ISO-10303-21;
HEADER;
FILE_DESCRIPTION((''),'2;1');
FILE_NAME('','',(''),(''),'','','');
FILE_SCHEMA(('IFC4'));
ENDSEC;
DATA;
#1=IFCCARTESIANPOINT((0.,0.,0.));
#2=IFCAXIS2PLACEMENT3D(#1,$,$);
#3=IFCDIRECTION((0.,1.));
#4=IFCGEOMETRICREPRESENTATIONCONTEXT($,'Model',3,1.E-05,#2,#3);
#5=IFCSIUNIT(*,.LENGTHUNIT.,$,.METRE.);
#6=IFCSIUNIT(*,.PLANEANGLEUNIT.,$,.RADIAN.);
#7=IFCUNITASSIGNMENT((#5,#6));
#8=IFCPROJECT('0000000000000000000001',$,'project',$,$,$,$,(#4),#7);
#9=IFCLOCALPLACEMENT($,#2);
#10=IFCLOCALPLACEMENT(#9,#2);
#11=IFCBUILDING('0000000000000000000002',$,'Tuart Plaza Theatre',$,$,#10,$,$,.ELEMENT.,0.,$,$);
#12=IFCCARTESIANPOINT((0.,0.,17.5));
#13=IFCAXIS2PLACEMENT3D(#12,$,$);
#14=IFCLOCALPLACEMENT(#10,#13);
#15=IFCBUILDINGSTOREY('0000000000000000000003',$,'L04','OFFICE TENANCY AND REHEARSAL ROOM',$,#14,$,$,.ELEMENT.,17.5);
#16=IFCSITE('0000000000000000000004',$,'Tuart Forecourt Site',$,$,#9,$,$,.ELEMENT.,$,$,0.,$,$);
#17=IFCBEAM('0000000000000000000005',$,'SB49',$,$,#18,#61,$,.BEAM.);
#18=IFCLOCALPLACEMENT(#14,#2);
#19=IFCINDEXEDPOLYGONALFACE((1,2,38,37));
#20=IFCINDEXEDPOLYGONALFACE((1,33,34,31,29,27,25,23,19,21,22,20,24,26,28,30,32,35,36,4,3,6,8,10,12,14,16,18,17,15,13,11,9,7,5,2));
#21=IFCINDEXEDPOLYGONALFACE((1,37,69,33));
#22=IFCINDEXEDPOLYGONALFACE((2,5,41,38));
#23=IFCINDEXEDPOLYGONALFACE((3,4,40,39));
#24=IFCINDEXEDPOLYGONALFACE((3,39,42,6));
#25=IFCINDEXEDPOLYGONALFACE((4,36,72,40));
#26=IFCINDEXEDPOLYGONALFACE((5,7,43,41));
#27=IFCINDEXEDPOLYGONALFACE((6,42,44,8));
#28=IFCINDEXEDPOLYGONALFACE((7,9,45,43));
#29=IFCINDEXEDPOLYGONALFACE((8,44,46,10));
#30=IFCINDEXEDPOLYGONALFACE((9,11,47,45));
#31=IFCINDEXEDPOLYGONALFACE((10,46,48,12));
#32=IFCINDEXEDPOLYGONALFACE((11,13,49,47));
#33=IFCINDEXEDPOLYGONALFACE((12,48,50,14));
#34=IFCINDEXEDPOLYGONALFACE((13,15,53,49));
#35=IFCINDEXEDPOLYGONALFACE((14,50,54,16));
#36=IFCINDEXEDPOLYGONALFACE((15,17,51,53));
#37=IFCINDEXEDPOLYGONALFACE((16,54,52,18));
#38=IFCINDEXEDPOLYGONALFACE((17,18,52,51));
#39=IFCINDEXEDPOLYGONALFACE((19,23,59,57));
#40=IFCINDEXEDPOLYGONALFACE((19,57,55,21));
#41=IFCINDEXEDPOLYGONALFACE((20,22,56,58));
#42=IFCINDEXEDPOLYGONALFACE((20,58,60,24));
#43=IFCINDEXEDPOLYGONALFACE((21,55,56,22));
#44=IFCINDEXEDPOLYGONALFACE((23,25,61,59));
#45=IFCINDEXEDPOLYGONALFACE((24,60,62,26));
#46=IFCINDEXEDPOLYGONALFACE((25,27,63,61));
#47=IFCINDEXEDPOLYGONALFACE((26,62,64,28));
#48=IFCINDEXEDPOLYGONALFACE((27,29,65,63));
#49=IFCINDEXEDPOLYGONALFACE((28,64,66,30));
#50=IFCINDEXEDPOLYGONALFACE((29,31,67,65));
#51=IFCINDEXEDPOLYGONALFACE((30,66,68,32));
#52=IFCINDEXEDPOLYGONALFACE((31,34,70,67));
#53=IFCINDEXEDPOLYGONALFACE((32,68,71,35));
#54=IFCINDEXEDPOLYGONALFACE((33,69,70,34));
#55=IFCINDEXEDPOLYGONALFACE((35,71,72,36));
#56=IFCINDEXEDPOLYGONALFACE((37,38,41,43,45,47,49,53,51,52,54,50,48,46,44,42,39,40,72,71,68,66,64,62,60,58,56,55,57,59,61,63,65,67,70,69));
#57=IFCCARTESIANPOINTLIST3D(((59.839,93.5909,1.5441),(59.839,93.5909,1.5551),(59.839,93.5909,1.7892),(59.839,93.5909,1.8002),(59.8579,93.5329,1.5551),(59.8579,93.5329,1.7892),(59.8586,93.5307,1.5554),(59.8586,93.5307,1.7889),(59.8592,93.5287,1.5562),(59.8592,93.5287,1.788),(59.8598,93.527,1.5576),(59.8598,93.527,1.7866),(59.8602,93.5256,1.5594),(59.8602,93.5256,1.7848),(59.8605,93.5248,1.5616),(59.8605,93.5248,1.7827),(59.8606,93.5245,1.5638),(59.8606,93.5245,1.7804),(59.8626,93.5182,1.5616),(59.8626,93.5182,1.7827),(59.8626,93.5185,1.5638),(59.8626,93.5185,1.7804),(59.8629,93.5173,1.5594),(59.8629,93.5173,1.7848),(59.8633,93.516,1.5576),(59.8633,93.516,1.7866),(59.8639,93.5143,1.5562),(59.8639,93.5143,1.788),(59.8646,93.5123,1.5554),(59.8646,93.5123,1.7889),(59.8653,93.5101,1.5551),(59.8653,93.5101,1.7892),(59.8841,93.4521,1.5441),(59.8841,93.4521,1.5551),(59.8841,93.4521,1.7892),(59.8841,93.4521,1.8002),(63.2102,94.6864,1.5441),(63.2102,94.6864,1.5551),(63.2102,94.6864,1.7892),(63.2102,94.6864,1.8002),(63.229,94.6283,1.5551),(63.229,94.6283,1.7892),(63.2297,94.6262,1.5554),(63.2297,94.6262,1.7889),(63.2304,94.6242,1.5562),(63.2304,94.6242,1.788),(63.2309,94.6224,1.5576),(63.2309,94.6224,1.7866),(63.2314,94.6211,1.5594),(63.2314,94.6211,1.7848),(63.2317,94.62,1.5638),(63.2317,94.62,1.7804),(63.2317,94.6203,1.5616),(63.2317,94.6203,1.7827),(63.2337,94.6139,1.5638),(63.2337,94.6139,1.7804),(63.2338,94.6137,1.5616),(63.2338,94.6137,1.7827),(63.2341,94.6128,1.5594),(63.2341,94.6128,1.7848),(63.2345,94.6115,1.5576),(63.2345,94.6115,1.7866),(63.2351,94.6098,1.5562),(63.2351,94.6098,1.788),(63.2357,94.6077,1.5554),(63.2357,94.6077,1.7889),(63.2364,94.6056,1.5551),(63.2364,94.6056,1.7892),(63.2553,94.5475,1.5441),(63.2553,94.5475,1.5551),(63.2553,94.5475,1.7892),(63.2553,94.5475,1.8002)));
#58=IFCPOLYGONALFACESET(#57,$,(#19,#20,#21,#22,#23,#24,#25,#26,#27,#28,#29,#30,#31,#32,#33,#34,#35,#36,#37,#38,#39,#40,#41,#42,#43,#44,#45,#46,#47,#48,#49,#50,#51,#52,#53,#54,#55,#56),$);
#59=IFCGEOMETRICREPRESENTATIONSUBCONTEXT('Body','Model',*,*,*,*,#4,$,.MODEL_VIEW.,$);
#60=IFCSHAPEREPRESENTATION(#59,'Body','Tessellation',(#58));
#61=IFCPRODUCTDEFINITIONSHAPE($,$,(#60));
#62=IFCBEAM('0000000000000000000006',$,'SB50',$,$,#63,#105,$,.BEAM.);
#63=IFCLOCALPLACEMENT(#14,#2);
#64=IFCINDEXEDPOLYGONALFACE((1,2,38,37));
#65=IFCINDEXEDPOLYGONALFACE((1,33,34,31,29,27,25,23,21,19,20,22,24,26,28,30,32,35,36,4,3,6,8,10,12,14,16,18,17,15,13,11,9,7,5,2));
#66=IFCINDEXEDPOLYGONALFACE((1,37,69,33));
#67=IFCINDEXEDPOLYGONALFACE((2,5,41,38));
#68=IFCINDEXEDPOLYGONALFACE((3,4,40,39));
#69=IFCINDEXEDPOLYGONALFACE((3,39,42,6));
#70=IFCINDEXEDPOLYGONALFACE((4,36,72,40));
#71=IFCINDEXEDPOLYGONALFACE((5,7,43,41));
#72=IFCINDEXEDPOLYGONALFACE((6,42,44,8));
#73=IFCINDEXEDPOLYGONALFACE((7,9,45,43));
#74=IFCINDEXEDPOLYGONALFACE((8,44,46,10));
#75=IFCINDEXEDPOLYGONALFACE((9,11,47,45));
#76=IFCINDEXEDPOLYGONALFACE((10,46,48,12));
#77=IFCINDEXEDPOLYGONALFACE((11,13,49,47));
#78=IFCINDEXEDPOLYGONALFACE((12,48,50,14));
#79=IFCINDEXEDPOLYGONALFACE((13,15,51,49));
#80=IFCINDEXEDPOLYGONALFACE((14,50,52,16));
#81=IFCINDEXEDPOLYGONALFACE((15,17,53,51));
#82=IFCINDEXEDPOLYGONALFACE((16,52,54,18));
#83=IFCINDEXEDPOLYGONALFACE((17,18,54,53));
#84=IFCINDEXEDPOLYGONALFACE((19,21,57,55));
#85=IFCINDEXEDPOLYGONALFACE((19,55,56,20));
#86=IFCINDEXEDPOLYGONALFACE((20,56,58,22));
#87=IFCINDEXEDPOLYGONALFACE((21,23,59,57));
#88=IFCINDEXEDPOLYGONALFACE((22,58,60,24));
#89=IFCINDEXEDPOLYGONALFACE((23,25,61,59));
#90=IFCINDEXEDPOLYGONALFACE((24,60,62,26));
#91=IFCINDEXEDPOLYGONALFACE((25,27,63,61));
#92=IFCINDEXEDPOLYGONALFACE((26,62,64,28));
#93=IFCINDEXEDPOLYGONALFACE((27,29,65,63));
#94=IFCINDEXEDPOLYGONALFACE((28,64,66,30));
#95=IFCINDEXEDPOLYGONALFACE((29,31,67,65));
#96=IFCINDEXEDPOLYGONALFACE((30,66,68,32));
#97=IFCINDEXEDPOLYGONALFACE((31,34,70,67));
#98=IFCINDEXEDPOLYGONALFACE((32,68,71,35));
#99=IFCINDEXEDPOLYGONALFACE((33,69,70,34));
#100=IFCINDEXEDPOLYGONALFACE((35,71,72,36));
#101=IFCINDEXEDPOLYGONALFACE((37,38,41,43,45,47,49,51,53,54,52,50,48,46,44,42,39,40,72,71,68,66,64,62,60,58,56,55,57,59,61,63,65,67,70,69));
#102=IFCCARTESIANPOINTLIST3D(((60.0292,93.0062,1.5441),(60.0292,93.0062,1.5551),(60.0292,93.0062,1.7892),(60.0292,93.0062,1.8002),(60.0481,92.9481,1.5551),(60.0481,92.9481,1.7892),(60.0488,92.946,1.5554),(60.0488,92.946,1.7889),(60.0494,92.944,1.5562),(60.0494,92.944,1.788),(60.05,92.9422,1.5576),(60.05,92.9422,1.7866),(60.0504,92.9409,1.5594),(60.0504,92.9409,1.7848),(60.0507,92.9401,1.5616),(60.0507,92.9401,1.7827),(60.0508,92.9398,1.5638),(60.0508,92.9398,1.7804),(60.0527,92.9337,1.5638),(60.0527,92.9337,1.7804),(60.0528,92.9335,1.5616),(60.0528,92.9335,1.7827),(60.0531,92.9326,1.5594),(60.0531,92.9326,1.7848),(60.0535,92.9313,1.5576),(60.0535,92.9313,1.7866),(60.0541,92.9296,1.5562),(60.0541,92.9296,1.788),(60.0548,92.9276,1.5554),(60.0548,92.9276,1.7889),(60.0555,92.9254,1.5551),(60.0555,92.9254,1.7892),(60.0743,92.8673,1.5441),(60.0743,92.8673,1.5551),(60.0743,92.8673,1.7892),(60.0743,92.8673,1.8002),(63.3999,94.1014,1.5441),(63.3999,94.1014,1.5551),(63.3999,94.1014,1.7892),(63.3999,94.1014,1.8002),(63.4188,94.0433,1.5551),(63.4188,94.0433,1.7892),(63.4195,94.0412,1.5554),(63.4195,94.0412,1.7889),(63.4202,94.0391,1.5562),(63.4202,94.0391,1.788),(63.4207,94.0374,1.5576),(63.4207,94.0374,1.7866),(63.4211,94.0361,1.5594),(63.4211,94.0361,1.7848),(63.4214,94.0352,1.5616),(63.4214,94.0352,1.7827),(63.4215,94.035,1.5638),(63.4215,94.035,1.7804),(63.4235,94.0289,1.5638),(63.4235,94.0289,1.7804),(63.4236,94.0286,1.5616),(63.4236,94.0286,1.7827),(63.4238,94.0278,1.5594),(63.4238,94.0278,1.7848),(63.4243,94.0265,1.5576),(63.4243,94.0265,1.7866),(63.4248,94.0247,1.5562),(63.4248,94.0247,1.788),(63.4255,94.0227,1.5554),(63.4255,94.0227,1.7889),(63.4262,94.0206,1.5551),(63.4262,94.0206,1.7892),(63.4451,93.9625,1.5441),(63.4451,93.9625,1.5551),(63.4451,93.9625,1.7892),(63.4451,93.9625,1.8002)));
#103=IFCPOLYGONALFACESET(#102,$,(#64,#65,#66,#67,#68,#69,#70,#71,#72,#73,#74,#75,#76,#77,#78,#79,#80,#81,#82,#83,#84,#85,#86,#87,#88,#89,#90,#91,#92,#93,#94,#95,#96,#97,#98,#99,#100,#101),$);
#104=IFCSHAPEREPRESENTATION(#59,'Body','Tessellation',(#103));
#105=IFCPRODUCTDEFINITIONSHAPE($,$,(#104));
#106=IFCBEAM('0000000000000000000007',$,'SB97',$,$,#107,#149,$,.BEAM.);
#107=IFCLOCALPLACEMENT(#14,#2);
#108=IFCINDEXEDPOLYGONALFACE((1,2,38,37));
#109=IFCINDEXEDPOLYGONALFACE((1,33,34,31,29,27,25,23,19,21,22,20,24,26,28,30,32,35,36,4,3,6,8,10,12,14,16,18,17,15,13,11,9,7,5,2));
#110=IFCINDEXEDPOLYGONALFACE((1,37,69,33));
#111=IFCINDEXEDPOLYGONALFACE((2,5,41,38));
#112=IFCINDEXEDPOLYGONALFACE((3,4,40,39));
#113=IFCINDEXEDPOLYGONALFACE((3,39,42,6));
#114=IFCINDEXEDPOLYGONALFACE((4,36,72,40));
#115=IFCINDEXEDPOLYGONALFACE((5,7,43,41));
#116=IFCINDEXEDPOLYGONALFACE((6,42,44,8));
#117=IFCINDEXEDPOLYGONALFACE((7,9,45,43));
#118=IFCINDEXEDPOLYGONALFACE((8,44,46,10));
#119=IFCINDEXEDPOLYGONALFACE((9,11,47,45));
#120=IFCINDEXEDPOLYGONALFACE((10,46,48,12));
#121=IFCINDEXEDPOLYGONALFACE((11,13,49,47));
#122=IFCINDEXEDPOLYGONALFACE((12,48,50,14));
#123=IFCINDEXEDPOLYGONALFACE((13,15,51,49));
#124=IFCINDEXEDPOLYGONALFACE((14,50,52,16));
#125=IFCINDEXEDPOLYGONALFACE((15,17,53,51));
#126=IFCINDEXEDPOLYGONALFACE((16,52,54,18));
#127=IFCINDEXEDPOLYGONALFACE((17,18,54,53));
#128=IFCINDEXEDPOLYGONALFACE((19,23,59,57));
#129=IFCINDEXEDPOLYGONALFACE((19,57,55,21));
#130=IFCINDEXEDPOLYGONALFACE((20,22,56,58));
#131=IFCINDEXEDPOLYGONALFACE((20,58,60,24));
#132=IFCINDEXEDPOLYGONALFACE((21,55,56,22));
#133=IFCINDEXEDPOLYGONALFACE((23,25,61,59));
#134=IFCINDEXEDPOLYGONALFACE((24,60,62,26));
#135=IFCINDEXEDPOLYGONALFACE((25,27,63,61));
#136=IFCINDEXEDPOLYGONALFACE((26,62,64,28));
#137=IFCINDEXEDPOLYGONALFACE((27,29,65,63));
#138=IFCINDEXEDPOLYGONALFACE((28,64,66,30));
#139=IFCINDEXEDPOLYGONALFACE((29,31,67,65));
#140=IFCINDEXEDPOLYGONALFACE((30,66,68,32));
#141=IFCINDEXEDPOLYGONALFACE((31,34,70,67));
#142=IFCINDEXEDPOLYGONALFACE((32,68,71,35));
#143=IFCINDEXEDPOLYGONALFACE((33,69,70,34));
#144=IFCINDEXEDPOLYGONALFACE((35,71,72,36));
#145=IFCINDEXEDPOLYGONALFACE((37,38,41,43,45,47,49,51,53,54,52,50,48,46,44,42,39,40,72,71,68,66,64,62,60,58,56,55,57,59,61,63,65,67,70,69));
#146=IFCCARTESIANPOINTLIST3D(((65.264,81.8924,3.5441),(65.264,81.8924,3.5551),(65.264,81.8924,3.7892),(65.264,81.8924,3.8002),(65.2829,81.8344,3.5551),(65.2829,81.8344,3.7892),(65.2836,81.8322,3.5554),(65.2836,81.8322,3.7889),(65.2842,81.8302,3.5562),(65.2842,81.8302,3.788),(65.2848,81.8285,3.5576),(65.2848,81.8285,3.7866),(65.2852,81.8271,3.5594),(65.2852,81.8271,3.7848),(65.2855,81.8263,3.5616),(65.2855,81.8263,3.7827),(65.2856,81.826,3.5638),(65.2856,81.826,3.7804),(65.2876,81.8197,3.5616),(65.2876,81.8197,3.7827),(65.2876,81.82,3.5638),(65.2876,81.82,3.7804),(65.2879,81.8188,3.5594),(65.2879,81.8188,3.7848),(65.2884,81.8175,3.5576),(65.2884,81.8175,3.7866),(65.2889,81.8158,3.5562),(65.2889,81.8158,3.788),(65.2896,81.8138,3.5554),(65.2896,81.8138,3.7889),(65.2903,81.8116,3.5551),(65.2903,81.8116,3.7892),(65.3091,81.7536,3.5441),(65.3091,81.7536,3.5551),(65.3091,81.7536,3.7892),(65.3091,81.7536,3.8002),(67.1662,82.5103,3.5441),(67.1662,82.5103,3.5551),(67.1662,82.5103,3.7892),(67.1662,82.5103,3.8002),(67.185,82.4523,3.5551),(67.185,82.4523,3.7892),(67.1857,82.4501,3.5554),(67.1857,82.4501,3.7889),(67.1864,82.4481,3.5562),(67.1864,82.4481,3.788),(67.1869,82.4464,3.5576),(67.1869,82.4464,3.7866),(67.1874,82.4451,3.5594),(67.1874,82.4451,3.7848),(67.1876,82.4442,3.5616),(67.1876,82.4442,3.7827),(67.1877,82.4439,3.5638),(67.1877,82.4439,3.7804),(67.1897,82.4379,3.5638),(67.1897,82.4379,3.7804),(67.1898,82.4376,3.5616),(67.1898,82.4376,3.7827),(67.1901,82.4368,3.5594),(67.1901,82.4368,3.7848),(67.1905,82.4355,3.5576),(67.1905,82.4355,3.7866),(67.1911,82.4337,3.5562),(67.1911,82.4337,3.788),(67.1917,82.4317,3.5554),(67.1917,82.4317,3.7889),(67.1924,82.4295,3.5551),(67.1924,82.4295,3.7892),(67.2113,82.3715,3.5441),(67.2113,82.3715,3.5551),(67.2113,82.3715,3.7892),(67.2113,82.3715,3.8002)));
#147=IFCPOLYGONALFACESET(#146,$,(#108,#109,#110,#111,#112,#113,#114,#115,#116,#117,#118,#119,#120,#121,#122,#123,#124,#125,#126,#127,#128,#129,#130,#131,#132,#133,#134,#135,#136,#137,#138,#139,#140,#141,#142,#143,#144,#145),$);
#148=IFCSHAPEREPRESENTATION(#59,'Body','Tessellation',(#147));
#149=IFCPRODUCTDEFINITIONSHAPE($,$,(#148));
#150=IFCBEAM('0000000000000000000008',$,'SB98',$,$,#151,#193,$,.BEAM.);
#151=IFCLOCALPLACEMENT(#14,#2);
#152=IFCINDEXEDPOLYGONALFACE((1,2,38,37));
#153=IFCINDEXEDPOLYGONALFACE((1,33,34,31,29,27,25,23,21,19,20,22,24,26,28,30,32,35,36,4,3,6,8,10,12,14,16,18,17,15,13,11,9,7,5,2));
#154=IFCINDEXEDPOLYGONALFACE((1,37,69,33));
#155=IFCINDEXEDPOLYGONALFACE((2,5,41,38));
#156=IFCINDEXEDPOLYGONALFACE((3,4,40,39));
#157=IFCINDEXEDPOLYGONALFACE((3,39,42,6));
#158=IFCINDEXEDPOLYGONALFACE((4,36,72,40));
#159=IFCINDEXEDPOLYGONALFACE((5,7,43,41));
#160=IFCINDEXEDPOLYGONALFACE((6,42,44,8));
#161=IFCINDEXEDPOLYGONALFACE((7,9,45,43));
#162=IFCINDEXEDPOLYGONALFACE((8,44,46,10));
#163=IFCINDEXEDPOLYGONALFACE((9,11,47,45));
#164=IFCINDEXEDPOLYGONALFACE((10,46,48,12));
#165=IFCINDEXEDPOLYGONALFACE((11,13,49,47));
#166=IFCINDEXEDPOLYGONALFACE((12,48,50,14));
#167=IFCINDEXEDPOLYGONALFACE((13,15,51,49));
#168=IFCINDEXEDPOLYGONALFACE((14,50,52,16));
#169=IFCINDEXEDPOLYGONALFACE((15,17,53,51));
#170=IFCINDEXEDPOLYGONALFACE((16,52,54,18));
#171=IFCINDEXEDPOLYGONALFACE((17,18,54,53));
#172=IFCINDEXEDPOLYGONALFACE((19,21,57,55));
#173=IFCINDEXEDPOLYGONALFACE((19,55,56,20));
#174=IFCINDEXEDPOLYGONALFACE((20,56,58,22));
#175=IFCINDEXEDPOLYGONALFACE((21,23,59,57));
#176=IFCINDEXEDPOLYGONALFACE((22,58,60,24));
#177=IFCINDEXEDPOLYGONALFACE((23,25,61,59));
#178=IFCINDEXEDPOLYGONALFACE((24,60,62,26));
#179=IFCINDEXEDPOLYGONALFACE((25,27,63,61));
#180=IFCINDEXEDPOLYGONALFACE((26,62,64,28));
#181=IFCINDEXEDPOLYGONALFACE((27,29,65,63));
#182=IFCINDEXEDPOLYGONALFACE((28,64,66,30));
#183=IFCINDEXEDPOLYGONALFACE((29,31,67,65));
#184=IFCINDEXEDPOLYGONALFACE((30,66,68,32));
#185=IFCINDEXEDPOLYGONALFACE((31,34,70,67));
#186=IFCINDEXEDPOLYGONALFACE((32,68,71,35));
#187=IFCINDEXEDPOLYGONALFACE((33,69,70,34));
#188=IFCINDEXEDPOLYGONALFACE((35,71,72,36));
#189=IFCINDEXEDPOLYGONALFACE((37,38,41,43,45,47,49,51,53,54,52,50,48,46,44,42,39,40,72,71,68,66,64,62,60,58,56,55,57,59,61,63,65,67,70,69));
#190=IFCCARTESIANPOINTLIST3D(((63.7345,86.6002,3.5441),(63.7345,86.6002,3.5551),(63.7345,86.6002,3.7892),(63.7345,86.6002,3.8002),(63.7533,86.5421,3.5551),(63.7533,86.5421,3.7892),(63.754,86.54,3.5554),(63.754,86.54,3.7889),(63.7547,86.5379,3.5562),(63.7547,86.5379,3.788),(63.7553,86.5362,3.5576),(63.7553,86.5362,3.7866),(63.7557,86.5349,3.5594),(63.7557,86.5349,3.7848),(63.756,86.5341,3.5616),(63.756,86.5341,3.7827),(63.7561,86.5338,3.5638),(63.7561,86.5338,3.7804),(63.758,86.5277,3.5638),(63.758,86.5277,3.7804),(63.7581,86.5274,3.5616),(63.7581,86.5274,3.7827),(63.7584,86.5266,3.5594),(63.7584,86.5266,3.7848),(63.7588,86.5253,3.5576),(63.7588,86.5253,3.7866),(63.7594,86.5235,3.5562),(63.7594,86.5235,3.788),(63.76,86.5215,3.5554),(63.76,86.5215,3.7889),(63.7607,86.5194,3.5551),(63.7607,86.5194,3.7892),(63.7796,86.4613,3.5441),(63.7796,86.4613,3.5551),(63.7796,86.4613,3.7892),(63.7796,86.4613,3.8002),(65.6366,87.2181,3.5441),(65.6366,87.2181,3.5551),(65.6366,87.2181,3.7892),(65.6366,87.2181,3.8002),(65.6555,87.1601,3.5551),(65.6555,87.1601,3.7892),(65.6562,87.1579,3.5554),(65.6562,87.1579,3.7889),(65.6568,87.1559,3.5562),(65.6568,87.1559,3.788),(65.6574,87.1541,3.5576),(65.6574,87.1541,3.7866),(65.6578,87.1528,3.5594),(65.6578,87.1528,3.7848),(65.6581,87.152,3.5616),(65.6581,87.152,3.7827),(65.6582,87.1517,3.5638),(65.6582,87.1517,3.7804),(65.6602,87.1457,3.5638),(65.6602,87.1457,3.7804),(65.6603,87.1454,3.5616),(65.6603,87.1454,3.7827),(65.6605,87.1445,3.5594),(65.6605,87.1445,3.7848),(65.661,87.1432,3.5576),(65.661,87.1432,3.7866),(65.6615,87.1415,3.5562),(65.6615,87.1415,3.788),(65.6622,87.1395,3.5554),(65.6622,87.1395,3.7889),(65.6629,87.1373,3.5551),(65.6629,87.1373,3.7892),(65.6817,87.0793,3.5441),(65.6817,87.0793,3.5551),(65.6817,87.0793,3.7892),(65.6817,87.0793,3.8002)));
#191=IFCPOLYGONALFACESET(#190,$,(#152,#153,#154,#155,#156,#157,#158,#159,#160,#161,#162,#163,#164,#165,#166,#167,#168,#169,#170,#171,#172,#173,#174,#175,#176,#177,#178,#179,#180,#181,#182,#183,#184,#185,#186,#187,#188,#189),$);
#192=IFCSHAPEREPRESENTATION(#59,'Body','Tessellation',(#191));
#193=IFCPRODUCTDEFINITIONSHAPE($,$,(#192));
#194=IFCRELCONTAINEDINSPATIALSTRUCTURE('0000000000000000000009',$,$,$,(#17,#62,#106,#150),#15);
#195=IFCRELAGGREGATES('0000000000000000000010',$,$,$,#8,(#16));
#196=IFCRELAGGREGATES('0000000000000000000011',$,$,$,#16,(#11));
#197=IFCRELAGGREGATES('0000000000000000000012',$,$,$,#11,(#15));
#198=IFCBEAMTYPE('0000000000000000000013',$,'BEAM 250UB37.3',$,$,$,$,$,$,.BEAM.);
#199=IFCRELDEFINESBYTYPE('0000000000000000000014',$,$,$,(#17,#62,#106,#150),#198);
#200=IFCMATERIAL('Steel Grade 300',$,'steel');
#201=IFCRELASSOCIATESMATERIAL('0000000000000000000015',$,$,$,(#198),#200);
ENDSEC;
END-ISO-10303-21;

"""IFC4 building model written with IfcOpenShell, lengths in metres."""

from ifc_helpers import new_model, si_unit, direction, frame, origin, origin_2d, place, context, subcontext, project, spatial, i_section, extrude, material, material_profile, profile_set, type_object, element, save


model = new_model("IFC4")

# Units and contexts
model_context = context("Model", 3, precision=1e-05, world=origin(), true_north=direction((0.0, 1.0)))
body_context = subcontext(model_context, "Body", "Model", "MODEL_VIEW")
ifc_project = project(units=[si_unit("LENGTHUNIT", "METRE"), si_unit("PLANEANGLEUNIT", "RADIAN")], contexts=[model_context])

# Site, building, storey
site_placement = place(None, origin())
site = spatial("IfcSite", under=ifc_project, at=site_placement, Name="Tuart Forecourt Site", CompositionType="ELEMENT", RefElevation=0.0)
building_placement = place(site_placement, origin())
building = spatial("IfcBuilding", under=site, at=building_placement, Name="Tuart Plaza Theatre", CompositionType="ELEMENT", ElevationOfRefHeight=0.0)
storey_placement = place(building_placement, frame((0.0, 0.0, 17.5)))
storey = spatial("IfcBuildingStorey", under=building, at=storey_placement, Name="L04", Description="OFFICE TENANCY AND REHEARSAL ROOM", CompositionType="ELEMENT", Elevation=17.5)

# Beams
ifc_material_1 = material(Name="Steel Grade 300", Category="steel")
ifc_material_profile_1 = material_profile(ifc_material_1, i_section(OverallWidth=0.146, OverallDepth=0.2561, WebThickness=0.0063, FlangeThickness=0.011, FilletRadius=0.0088, at=origin_2d()), Name="250UB37.3")
ifc_profile_set_1 = profile_set([ifc_material_profile_1], Name="Steel Grade 300")
beam_type = type_object("IfcBeamType", Name="BEAM 250UB37.3", PredefinedType="BEAM", material=ifc_profile_set_1)
beam_1_placement = place(storey_placement, frame((59.8616, 93.5215, 1.6721), z_axis=(0.951046, 0.309049, 0.0), x_axis=(-0.309049, 0.951046, 0.0)))
element("IfcBeam", 1, at=beam_1_placement, inside=storey, type_object=beam_type, Name="SB49", PredefinedType="BEAM", context=body_context, shape_type="SweptSolid", body=[
    extrude(i_section(OverallWidth=0.146, OverallDepth=0.2561, WebThickness=0.0063, FlangeThickness=0.011, FilletRadius=0.0088, at=origin_2d()), origin(), (0.0, 0.0, 1.0), 3.5447),
])
beam_2_placement = place(storey_placement, frame((60.0518, 92.9368, 1.6721), z_axis=(0.95106, 0.309007, 0.0), x_axis=(-0.309007, 0.95106, 0.0)))
element("IfcBeam", 2, at=beam_2_placement, inside=storey, type_object=beam_type, Name="SB50", PredefinedType="BEAM", context=body_context, shape_type="SweptSolid", body=[
    extrude(i_section(OverallWidth=0.146, OverallDepth=0.2561, WebThickness=0.0063, FlangeThickness=0.011, FilletRadius=0.0088, at=origin_2d()), origin(), (0.0, 0.0, 1.0), 3.5442),
])
for number, where, z_axis, x_axis, name in (
    (3, (67.1887, 82.4409, 3.6721), (-0.951073, -0.308967, 0.0), (0.308967, -0.951073, 0.0), "SB97"),
    (4, (65.6592, 87.1487, 3.6721), (-0.951073, -0.308967, 0.0), (0.308967, -0.951073, 0.0), "SB98"),
):
    element("IfcBeam", number, at=place(storey_placement, frame(where, z_axis=z_axis, x_axis=x_axis)), inside=storey, type_object=beam_type, Name=name, PredefinedType="BEAM", context=body_context, shape_type="SweptSolid", body=[
        extrude(i_section(OverallWidth=0.146, OverallDepth=0.2561, WebThickness=0.0063, FlangeThickness=0.011, FilletRadius=0.0088, at=origin_2d()), origin(), (0.0, 0.0, 1.0), 2.0),
    ])

save(model, "model.ifc")
